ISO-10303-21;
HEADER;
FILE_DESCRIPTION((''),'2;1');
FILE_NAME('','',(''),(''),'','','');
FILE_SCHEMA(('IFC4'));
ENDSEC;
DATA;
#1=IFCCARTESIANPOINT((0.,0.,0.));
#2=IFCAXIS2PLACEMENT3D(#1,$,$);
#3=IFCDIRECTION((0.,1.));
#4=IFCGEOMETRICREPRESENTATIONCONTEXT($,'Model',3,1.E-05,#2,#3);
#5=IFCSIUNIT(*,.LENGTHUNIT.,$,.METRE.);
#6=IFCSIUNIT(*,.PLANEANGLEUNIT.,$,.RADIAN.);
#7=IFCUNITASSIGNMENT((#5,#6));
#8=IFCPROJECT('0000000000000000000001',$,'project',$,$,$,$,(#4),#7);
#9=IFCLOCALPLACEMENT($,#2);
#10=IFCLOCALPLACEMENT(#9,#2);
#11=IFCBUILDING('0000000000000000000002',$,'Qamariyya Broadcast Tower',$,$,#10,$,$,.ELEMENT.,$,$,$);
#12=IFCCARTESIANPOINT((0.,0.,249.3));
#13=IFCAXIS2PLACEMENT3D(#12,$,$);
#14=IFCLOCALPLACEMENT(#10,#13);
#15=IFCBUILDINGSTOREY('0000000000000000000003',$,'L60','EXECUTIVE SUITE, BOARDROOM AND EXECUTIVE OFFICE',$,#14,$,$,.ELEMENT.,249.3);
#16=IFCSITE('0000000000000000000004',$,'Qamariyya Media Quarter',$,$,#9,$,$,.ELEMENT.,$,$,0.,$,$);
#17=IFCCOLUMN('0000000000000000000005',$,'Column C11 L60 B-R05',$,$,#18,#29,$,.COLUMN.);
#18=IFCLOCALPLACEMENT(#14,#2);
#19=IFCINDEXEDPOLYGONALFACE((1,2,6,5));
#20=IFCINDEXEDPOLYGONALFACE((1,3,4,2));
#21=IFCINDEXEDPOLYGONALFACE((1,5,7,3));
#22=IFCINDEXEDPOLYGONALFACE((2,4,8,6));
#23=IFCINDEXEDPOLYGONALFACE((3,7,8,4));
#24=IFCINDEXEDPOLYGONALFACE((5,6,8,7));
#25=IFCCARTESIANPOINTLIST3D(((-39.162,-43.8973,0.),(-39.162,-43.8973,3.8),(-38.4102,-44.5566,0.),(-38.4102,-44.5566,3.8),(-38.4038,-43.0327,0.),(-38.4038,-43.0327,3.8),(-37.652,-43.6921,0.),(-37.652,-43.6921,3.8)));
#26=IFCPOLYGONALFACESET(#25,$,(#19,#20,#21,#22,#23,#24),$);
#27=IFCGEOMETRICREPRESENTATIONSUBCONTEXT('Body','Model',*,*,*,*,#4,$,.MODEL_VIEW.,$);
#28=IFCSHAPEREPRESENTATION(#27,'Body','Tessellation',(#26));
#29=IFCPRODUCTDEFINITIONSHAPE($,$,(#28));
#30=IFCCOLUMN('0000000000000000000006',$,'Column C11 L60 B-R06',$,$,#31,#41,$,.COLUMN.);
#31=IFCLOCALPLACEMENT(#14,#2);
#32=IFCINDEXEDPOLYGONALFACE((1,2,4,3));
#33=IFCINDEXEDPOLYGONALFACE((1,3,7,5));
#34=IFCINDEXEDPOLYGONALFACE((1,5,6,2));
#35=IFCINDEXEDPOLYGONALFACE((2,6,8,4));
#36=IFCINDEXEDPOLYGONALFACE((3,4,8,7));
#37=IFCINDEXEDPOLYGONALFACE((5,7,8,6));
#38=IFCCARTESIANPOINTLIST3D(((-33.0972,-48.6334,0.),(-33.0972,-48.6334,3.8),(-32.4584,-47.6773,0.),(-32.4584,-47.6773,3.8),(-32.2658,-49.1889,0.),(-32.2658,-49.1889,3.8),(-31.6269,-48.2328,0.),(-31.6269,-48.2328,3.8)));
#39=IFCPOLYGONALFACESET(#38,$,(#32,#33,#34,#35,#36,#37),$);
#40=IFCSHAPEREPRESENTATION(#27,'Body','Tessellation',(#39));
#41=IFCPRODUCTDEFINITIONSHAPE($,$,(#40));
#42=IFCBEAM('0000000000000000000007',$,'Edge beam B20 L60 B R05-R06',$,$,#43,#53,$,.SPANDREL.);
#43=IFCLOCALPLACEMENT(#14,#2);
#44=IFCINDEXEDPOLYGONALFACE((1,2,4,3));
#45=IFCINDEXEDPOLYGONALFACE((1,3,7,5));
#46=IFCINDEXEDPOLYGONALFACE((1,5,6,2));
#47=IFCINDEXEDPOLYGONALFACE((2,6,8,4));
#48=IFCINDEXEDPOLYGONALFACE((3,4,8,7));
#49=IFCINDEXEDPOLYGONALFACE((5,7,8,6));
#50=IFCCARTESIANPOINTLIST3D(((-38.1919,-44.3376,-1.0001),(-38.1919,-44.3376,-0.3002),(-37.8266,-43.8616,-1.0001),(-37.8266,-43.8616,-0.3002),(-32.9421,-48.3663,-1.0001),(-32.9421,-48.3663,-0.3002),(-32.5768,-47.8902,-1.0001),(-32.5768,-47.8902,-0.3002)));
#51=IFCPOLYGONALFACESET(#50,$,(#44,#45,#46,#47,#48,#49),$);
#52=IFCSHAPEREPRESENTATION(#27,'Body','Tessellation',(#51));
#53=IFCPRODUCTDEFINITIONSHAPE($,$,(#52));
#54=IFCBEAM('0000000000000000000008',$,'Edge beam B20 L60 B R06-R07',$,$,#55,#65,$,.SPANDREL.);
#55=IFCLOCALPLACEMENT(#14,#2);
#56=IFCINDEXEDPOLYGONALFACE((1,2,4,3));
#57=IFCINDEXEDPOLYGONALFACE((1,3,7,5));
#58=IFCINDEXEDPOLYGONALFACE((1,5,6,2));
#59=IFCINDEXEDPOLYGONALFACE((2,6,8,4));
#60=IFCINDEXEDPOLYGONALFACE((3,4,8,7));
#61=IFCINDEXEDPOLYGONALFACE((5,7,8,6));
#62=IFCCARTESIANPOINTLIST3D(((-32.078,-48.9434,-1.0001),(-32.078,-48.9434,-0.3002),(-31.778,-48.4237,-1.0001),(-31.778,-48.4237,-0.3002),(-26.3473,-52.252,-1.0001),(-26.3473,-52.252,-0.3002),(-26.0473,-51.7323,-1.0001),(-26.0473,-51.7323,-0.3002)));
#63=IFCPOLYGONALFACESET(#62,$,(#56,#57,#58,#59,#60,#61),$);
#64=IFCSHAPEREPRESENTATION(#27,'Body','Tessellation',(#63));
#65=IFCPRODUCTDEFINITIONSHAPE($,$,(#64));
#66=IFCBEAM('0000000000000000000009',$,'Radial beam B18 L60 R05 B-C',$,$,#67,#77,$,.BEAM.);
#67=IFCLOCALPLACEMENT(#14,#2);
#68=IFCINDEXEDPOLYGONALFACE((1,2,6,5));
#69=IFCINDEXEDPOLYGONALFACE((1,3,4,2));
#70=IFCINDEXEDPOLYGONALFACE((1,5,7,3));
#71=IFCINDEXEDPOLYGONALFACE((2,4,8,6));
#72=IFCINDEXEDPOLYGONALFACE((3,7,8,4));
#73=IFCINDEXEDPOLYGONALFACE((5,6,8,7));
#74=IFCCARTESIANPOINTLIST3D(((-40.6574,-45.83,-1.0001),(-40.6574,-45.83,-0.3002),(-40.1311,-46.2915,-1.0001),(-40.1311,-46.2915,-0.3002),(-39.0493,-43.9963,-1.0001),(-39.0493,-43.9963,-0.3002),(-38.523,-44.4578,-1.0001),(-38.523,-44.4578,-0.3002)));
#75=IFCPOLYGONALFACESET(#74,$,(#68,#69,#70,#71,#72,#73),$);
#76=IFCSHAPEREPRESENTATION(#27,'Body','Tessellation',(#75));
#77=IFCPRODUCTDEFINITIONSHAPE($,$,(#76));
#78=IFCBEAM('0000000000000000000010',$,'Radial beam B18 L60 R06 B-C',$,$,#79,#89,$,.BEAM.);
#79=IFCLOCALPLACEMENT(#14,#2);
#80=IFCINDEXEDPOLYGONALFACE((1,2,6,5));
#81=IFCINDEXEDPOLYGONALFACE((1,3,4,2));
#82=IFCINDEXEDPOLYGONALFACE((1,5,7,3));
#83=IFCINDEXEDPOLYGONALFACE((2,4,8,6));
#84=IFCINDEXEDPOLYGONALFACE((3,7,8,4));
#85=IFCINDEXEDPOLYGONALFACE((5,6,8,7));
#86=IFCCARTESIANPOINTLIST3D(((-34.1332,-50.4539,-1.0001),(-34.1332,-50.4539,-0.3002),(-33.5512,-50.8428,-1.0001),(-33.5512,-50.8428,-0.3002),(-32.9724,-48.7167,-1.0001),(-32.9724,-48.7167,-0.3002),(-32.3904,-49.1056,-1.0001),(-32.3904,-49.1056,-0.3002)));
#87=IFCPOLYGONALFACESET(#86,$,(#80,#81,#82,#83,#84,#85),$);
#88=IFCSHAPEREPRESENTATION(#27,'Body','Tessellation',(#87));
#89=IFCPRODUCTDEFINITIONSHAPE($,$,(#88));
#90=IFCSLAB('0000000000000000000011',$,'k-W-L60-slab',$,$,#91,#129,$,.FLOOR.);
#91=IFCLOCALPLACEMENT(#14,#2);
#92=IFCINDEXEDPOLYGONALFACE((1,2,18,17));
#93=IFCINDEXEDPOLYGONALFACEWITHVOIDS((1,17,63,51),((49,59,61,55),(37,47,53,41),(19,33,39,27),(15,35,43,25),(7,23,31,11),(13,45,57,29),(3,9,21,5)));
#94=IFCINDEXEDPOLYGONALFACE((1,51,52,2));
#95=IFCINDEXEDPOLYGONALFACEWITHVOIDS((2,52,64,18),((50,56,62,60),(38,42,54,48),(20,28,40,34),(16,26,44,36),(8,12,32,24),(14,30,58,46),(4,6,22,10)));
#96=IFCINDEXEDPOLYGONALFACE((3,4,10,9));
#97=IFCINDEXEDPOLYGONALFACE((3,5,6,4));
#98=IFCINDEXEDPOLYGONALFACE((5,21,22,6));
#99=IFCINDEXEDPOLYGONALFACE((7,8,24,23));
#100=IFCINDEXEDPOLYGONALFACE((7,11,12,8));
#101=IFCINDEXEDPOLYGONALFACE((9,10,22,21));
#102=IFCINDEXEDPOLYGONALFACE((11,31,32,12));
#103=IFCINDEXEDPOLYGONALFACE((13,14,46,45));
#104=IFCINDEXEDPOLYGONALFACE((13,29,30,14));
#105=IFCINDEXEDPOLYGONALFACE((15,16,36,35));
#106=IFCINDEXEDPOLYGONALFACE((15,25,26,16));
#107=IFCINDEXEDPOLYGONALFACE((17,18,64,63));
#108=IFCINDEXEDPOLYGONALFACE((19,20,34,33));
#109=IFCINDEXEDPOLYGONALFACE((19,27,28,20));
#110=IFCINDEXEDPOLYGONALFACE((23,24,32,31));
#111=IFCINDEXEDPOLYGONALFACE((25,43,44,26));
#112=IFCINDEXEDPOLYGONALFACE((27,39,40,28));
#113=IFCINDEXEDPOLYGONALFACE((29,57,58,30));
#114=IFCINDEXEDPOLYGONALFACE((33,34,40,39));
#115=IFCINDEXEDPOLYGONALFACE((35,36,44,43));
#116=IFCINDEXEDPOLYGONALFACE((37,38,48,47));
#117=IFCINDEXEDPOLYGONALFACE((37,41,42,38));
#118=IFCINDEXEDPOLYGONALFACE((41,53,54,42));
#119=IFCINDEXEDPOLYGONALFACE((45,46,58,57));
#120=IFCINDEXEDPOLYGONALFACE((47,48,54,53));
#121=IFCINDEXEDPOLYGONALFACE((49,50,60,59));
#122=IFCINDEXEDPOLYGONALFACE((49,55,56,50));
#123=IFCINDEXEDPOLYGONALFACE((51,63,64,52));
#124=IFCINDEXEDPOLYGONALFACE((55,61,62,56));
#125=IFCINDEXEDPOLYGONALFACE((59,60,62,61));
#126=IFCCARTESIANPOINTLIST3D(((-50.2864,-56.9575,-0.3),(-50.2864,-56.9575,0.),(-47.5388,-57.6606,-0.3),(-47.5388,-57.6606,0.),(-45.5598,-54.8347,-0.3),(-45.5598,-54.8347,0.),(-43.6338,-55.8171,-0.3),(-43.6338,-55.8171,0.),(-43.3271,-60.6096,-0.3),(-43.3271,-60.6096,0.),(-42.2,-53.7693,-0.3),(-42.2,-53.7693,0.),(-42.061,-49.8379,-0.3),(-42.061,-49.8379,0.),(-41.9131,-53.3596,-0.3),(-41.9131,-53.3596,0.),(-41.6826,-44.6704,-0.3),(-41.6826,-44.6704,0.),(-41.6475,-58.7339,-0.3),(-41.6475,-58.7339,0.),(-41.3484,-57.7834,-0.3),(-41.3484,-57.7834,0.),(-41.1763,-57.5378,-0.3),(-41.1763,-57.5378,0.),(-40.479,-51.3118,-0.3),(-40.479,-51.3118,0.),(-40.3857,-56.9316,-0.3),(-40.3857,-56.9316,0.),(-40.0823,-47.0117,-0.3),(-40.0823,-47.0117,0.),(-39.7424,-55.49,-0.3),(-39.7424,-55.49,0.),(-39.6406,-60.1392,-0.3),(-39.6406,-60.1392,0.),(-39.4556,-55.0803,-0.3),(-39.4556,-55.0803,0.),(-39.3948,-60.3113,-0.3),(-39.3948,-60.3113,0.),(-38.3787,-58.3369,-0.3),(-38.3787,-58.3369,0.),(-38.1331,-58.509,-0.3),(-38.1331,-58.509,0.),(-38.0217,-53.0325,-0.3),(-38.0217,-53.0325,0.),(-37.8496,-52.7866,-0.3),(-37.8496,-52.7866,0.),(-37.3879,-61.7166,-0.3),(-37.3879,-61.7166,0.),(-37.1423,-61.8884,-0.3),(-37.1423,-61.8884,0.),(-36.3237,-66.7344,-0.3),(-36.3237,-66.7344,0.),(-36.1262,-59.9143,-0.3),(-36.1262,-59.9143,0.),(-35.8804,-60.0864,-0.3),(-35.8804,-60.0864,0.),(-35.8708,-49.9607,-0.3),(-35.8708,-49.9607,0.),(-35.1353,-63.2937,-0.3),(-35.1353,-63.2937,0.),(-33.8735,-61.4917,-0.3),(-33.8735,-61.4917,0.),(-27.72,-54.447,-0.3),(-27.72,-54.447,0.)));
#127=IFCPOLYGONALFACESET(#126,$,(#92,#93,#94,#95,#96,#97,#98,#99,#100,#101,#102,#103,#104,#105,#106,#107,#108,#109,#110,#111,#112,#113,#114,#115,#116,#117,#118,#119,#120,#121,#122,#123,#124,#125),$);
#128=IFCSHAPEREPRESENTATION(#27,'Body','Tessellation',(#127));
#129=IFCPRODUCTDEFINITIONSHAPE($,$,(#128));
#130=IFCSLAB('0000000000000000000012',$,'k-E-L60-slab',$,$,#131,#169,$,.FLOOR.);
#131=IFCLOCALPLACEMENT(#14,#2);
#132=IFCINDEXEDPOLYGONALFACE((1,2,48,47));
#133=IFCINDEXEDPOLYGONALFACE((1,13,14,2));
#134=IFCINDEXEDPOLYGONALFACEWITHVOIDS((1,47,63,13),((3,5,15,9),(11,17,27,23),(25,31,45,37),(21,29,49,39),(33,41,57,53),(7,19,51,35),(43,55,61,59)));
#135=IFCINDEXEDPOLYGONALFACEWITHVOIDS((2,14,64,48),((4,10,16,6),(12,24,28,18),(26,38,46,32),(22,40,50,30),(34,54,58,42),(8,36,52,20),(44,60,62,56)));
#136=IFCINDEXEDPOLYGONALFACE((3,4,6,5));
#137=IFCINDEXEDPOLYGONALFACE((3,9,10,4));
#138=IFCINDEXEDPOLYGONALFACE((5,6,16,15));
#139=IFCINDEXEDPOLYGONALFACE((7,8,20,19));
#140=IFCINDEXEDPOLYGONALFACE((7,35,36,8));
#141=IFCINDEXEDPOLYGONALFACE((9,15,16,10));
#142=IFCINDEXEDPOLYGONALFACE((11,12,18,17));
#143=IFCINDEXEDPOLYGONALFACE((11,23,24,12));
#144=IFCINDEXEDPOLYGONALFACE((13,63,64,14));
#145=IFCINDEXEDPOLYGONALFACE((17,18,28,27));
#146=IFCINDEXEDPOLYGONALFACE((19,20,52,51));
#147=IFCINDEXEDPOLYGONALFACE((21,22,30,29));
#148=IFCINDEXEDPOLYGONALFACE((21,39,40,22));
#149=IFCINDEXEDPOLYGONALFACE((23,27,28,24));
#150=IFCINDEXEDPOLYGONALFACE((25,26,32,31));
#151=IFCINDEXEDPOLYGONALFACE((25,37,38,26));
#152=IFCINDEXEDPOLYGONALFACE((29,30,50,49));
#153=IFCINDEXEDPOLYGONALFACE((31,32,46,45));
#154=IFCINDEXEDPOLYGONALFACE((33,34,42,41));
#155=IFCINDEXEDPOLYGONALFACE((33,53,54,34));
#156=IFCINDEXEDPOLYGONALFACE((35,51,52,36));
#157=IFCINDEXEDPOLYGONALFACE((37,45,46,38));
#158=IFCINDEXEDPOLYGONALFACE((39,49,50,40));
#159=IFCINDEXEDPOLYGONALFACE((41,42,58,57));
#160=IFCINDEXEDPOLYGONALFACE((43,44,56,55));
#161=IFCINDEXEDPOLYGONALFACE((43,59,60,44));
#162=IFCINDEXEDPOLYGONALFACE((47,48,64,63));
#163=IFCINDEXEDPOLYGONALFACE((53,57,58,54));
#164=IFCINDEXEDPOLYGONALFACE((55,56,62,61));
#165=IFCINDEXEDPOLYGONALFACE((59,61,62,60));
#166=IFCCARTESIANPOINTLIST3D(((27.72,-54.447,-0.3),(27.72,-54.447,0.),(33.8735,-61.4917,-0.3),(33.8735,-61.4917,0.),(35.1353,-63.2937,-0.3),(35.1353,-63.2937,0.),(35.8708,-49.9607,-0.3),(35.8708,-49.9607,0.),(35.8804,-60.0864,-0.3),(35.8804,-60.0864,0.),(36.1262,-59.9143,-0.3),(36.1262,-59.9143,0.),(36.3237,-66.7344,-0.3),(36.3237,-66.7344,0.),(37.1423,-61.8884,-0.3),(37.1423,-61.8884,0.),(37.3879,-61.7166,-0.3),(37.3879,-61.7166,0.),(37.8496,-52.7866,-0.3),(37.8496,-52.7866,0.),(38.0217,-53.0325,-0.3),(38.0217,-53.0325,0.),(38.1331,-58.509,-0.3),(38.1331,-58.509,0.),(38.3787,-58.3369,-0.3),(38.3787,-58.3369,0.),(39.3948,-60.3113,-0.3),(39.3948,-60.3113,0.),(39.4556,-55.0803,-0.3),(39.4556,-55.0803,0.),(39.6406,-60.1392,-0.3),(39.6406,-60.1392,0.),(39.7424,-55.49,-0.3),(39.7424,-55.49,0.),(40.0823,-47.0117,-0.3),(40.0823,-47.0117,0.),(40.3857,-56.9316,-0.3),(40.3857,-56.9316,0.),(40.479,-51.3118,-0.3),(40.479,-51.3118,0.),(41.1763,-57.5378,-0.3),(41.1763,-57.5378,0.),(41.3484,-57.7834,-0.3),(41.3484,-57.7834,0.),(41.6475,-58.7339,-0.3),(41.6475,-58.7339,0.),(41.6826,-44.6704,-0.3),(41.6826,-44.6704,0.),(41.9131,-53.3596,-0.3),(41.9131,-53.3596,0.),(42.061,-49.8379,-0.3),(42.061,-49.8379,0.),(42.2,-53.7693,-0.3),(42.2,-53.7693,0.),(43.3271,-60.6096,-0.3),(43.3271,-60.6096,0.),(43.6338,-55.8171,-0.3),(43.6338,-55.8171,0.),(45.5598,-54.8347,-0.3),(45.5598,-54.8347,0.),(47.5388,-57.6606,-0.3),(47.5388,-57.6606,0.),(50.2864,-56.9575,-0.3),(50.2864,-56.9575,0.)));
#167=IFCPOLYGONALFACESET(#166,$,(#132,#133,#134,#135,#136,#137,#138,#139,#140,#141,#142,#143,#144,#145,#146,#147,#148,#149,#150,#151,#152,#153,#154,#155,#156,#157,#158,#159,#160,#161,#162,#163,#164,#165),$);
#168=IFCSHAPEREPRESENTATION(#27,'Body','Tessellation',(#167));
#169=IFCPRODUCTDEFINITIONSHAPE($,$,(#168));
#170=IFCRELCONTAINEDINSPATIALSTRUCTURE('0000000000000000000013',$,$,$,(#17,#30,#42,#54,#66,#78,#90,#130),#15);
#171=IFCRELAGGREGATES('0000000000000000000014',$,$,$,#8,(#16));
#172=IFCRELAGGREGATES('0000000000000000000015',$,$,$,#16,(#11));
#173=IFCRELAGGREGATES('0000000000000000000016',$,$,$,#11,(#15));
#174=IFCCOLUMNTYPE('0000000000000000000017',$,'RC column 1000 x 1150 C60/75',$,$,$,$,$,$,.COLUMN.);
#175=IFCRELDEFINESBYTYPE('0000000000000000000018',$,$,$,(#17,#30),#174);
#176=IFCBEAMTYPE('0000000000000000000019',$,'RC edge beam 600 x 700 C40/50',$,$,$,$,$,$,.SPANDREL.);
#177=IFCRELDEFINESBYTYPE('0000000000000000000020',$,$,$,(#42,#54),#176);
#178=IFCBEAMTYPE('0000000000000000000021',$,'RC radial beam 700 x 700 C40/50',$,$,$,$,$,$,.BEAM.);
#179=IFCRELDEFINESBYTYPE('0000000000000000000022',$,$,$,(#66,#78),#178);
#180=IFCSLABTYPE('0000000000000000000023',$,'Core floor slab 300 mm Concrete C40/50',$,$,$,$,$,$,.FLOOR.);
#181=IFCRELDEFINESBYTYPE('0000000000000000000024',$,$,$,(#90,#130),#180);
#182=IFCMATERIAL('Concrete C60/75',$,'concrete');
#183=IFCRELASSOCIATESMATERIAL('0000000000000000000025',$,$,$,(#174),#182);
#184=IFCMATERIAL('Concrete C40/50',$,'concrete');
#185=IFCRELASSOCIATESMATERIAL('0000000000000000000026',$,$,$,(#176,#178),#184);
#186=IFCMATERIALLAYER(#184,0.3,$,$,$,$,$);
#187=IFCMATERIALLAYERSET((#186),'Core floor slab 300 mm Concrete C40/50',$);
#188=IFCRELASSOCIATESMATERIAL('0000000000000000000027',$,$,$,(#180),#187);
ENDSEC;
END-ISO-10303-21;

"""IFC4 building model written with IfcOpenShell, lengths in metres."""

from ifc_helpers import new_model, si_unit, direction, frame, origin, origin_2d, place, context, subcontext, project, spatial, polyline, rectangle, outline, extrude, material, layer, layer_set, material_profile, profile_set, type_object, element, save


model = new_model("IFC4")

# Units and contexts
model_context = context("Model", 3, precision=1e-05, world=origin(), true_north=direction((0.0, 1.0)))
body_context = subcontext(model_context, "Body", "Model", "MODEL_VIEW")
ifc_project = project(units=[si_unit("LENGTHUNIT", "METRE"), si_unit("PLANEANGLEUNIT", "RADIAN")], contexts=[model_context])

# Site, building, storey
site_placement = place(None, origin())
site = spatial("IfcSite", under=ifc_project, at=site_placement, Name="Qamariyya Media Quarter", CompositionType="ELEMENT", RefElevation=0.0)
building_placement = place(site_placement, origin())
building = spatial("IfcBuilding", under=site, at=building_placement, Name="Qamariyya Broadcast Tower", CompositionType="ELEMENT")
storey_placement = place(building_placement, frame((0.0, 0.0, 249.3)))
storey = spatial("IfcBuildingStorey", under=building, at=storey_placement, Name="L60", Description="EXECUTIVE SUITE, BOARDROOM AND EXECUTIVE OFFICE", CompositionType="ELEMENT", Elevation=249.3)

# Columns
ifc_material_1 = material(Name="Concrete C60/75", Category="concrete")
ifc_material_profile_1 = material_profile(ifc_material_1, rectangle(XDim=1.0, YDim=1.1499, at=origin_2d()))
ifc_profile_set_1 = profile_set([ifc_material_profile_1], Name="Concrete C60/75")
column_type = type_object("IfcColumnType", Name="RC column 1000 x 1150 C60/75", PredefinedType="COLUMN", material=ifc_profile_set_1)
for number, where, z_axis, x_axis, name in (
    (1, (-38.407, -43.7947, 0.0), (0.0, 0.0, 1.0), (0.75184, -0.659346, 0.0), "Column C11 L60 B-R05"),
    (2, (-32.3621, -48.4331, 0.0), (0.0, 0.0, 1.0), (0.83147, -0.55557, 0.0), "Column C11 L60 B-R06"),
):
    element("IfcColumn", number, at=place(storey_placement, frame(where, z_axis=z_axis, x_axis=x_axis)), inside=storey, type_object=column_type, Name=name, PredefinedType="COLUMN", context=body_context, shape_type="SweptSolid", body=[
        extrude(rectangle(XDim=1.0, YDim=1.1499, at=origin_2d()), origin(), (0.0, 0.0, 1.0), 3.8),
    ])

# Beams
ifc_material_2 = material(Name="Concrete C40/50", Category="concrete")
ifc_material_profile_2 = material_profile(ifc_material_2, rectangle(XDim=0.6001, YDim=0.7, at=origin_2d()))
ifc_profile_set_2 = profile_set([ifc_material_profile_2], Name="Concrete C40/50")
beam_type_1 = type_object("IfcBeamType", Name="RC edge beam 600 x 700 C40/50", PredefinedType="SPANDREL", material=ifc_profile_set_2)
beam_1_placement = place(storey_placement, frame((-38.0093, -44.0996, -0.6501), z_axis=(0.793333, -0.608789, 0.0), x_axis=(0.608789, 0.793333, 0.0)))
element("IfcBeam", 3, at=beam_1_placement, inside=storey, type_object=beam_type_1, Name="Edge beam B20 L60 B R05-R06", PredefinedType="SPANDREL", context=body_context, shape_type="SweptSolid", body=[
    extrude(rectangle(XDim=0.6001, YDim=0.7, at=origin_2d()), origin(), (0.0, 0.0, 1.0), 6.6174),
])
beam_2_placement = place(storey_placement, frame((-31.928, -48.6836, -0.6501), z_axis=(0.866028, -0.499996, 0.0), x_axis=(0.499996, 0.866028, 0.0)))
element("IfcBeam", 4, at=beam_2_placement, inside=storey, type_object=beam_type_1, Name="Edge beam B20 L60 B R06-R07", PredefinedType="SPANDREL", context=body_context, shape_type="SweptSolid", body=[
    extrude(rectangle(XDim=0.6001, YDim=0.7, at=origin_2d()), origin(), (0.0, 0.0, 1.0), 6.6172),
])
ifc_material_profile_3 = material_profile(ifc_material_2, rectangle(XDim=0.7, YDim=0.7, at=origin_2d()))
ifc_profile_set_3 = profile_set([ifc_material_profile_3], Name="Concrete C40/50")
beam_type_2 = type_object("IfcBeamType", Name="RC radial beam 700 x 700 C40/50", PredefinedType="BEAM", material=ifc_profile_set_3)
beam_3_placement = place(storey_placement, frame((-38.7861, -44.2271, -0.6501), z_axis=(-0.659348, -0.751838, 0.0), x_axis=(0.751838, -0.659348, 0.0)))
element("IfcBeam", 5, at=beam_3_placement, inside=storey, type_object=beam_type_2, Name="Radial beam B18 L60 R05 B-C", PredefinedType="BEAM", context=body_context, shape_type="SweptSolid", body=[
    extrude(rectangle(XDim=0.7, YDim=0.7, at=origin_2d()), origin(), (0.0, 0.0, 1.0), 2.439),
])
beam_4_placement = place(storey_placement, frame((-32.6814, -48.9111, -0.6501), z_axis=(-0.55559, -0.831457, 0.0), x_axis=(0.831457, -0.55559, 0.0)))
element("IfcBeam", 6, at=beam_4_placement, inside=storey, type_object=beam_type_2, Name="Radial beam B18 L60 R06 B-C", PredefinedType="BEAM", context=body_context, shape_type="SweptSolid", body=[
    extrude(rectangle(XDim=0.7, YDim=0.7, at=origin_2d()), origin(), (0.0, 0.0, 1.0), 2.0894),
])

# Slabs
ifc_layer_1 = layer(ifc_material_2, 0.3)
ifc_layer_set_1 = layer_set([ifc_layer_1], Name="Core floor slab 300 mm Concrete C40/50")
slab_type_1 = type_object("IfcSlabType", Name="Core floor slab 300 mm Concrete C40/50", PredefinedType="FLOOR", material=ifc_layer_set_1)
slab_1_placement = place(storey_placement, frame((0.0, 0.0, -0.3)))
element("IfcSlab", 7, at=slab_1_placement, inside=storey, type_object=slab_type_1, Name="k-W-L60-slab", PredefinedType="FLOOR", context=body_context, shape_type="SweptSolid", body=[
    extrude(outline(polyline([(-50.2864, -56.9575), (-36.3237, -66.7344), (-27.72, -54.447), (-41.6826, -44.6704), (-50.2864, -56.9575)]), holes=[polyline([(-33.8735, -61.4917), (-35.8804, -60.0864), (-37.1423, -61.8884), (-35.1353, -63.2937), (-33.8735, -61.4917)]), polyline([(-36.1262, -59.9143), (-38.1331, -58.509), (-39.3948, -60.3113), (-37.3879, -61.7166), (-36.1262, -59.9143)]), polyline([(-38.3787, -58.3369), (-40.3857, -56.9316), (-41.6475, -58.7339), (-39.6406, -60.1392), (-38.3787, -58.3369)]), polyline([(-39.7424, -55.49), (-42.2, -53.7693), (-43.6338, -55.8171), (-41.1763, -57.5378), (-39.7424, -55.49)]), polyline([(-39.4556, -55.0803), (-41.9131, -53.3596), (-40.479, -51.3118), (-38.0217, -53.0325), (-39.4556, -55.0803)]), polyline([(-42.061, -49.8379), (-37.8496, -52.7866), (-35.8708, -49.9607), (-40.0823, -47.0117), (-42.061, -49.8379)]), polyline([(-47.5388, -57.6606), (-43.3271, -60.6096), (-41.3484, -57.7834), (-45.5598, -54.8347), (-47.5388, -57.6606)])]), origin(), (0.0, 0.0, 1.0), 0.3),
])
slab_2_placement = place(storey_placement, frame((0.0, 0.0, -0.3)))
element("IfcSlab", 8, at=slab_2_placement, inside=storey, type_object=slab_type_1, Name="k-E-L60-slab", PredefinedType="FLOOR", context=body_context, shape_type="SweptSolid", body=[
    extrude(outline(polyline([(36.3237, -66.7344), (50.2864, -56.9575), (41.6826, -44.6704), (27.72, -54.447), (36.3237, -66.7344)]), holes=[polyline([(33.8735, -61.4917), (35.8804, -60.0864), (37.1423, -61.8884), (35.1353, -63.2937), (33.8735, -61.4917)]), polyline([(36.1262, -59.9143), (38.1331, -58.509), (39.3948, -60.3113), (37.3879, -61.7166), (36.1262, -59.9143)]), polyline([(38.3787, -58.3369), (40.3857, -56.9316), (41.6475, -58.7339), (39.6406, -60.1392), (38.3787, -58.3369)]), polyline([(39.7424, -55.49), (42.2, -53.7693), (43.6338, -55.8171), (41.1763, -57.5378), (39.7424, -55.49)]), polyline([(39.4556, -55.0803), (41.9131, -53.3596), (40.479, -51.3118), (38.0217, -53.0325), (39.4556, -55.0803)]), polyline([(40.0823, -47.0117), (35.8708, -49.9607), (37.8496, -52.7866), (42.061, -49.8379), (40.0823, -47.0117)]), polyline([(45.5598, -54.8347), (41.3484, -57.7834), (43.3271, -60.6096), (47.5388, -57.6606), (45.5598, -54.8347)])]), origin(), (0.0, 0.0, 1.0), 0.3),
])

save(model, "model.ifc")
